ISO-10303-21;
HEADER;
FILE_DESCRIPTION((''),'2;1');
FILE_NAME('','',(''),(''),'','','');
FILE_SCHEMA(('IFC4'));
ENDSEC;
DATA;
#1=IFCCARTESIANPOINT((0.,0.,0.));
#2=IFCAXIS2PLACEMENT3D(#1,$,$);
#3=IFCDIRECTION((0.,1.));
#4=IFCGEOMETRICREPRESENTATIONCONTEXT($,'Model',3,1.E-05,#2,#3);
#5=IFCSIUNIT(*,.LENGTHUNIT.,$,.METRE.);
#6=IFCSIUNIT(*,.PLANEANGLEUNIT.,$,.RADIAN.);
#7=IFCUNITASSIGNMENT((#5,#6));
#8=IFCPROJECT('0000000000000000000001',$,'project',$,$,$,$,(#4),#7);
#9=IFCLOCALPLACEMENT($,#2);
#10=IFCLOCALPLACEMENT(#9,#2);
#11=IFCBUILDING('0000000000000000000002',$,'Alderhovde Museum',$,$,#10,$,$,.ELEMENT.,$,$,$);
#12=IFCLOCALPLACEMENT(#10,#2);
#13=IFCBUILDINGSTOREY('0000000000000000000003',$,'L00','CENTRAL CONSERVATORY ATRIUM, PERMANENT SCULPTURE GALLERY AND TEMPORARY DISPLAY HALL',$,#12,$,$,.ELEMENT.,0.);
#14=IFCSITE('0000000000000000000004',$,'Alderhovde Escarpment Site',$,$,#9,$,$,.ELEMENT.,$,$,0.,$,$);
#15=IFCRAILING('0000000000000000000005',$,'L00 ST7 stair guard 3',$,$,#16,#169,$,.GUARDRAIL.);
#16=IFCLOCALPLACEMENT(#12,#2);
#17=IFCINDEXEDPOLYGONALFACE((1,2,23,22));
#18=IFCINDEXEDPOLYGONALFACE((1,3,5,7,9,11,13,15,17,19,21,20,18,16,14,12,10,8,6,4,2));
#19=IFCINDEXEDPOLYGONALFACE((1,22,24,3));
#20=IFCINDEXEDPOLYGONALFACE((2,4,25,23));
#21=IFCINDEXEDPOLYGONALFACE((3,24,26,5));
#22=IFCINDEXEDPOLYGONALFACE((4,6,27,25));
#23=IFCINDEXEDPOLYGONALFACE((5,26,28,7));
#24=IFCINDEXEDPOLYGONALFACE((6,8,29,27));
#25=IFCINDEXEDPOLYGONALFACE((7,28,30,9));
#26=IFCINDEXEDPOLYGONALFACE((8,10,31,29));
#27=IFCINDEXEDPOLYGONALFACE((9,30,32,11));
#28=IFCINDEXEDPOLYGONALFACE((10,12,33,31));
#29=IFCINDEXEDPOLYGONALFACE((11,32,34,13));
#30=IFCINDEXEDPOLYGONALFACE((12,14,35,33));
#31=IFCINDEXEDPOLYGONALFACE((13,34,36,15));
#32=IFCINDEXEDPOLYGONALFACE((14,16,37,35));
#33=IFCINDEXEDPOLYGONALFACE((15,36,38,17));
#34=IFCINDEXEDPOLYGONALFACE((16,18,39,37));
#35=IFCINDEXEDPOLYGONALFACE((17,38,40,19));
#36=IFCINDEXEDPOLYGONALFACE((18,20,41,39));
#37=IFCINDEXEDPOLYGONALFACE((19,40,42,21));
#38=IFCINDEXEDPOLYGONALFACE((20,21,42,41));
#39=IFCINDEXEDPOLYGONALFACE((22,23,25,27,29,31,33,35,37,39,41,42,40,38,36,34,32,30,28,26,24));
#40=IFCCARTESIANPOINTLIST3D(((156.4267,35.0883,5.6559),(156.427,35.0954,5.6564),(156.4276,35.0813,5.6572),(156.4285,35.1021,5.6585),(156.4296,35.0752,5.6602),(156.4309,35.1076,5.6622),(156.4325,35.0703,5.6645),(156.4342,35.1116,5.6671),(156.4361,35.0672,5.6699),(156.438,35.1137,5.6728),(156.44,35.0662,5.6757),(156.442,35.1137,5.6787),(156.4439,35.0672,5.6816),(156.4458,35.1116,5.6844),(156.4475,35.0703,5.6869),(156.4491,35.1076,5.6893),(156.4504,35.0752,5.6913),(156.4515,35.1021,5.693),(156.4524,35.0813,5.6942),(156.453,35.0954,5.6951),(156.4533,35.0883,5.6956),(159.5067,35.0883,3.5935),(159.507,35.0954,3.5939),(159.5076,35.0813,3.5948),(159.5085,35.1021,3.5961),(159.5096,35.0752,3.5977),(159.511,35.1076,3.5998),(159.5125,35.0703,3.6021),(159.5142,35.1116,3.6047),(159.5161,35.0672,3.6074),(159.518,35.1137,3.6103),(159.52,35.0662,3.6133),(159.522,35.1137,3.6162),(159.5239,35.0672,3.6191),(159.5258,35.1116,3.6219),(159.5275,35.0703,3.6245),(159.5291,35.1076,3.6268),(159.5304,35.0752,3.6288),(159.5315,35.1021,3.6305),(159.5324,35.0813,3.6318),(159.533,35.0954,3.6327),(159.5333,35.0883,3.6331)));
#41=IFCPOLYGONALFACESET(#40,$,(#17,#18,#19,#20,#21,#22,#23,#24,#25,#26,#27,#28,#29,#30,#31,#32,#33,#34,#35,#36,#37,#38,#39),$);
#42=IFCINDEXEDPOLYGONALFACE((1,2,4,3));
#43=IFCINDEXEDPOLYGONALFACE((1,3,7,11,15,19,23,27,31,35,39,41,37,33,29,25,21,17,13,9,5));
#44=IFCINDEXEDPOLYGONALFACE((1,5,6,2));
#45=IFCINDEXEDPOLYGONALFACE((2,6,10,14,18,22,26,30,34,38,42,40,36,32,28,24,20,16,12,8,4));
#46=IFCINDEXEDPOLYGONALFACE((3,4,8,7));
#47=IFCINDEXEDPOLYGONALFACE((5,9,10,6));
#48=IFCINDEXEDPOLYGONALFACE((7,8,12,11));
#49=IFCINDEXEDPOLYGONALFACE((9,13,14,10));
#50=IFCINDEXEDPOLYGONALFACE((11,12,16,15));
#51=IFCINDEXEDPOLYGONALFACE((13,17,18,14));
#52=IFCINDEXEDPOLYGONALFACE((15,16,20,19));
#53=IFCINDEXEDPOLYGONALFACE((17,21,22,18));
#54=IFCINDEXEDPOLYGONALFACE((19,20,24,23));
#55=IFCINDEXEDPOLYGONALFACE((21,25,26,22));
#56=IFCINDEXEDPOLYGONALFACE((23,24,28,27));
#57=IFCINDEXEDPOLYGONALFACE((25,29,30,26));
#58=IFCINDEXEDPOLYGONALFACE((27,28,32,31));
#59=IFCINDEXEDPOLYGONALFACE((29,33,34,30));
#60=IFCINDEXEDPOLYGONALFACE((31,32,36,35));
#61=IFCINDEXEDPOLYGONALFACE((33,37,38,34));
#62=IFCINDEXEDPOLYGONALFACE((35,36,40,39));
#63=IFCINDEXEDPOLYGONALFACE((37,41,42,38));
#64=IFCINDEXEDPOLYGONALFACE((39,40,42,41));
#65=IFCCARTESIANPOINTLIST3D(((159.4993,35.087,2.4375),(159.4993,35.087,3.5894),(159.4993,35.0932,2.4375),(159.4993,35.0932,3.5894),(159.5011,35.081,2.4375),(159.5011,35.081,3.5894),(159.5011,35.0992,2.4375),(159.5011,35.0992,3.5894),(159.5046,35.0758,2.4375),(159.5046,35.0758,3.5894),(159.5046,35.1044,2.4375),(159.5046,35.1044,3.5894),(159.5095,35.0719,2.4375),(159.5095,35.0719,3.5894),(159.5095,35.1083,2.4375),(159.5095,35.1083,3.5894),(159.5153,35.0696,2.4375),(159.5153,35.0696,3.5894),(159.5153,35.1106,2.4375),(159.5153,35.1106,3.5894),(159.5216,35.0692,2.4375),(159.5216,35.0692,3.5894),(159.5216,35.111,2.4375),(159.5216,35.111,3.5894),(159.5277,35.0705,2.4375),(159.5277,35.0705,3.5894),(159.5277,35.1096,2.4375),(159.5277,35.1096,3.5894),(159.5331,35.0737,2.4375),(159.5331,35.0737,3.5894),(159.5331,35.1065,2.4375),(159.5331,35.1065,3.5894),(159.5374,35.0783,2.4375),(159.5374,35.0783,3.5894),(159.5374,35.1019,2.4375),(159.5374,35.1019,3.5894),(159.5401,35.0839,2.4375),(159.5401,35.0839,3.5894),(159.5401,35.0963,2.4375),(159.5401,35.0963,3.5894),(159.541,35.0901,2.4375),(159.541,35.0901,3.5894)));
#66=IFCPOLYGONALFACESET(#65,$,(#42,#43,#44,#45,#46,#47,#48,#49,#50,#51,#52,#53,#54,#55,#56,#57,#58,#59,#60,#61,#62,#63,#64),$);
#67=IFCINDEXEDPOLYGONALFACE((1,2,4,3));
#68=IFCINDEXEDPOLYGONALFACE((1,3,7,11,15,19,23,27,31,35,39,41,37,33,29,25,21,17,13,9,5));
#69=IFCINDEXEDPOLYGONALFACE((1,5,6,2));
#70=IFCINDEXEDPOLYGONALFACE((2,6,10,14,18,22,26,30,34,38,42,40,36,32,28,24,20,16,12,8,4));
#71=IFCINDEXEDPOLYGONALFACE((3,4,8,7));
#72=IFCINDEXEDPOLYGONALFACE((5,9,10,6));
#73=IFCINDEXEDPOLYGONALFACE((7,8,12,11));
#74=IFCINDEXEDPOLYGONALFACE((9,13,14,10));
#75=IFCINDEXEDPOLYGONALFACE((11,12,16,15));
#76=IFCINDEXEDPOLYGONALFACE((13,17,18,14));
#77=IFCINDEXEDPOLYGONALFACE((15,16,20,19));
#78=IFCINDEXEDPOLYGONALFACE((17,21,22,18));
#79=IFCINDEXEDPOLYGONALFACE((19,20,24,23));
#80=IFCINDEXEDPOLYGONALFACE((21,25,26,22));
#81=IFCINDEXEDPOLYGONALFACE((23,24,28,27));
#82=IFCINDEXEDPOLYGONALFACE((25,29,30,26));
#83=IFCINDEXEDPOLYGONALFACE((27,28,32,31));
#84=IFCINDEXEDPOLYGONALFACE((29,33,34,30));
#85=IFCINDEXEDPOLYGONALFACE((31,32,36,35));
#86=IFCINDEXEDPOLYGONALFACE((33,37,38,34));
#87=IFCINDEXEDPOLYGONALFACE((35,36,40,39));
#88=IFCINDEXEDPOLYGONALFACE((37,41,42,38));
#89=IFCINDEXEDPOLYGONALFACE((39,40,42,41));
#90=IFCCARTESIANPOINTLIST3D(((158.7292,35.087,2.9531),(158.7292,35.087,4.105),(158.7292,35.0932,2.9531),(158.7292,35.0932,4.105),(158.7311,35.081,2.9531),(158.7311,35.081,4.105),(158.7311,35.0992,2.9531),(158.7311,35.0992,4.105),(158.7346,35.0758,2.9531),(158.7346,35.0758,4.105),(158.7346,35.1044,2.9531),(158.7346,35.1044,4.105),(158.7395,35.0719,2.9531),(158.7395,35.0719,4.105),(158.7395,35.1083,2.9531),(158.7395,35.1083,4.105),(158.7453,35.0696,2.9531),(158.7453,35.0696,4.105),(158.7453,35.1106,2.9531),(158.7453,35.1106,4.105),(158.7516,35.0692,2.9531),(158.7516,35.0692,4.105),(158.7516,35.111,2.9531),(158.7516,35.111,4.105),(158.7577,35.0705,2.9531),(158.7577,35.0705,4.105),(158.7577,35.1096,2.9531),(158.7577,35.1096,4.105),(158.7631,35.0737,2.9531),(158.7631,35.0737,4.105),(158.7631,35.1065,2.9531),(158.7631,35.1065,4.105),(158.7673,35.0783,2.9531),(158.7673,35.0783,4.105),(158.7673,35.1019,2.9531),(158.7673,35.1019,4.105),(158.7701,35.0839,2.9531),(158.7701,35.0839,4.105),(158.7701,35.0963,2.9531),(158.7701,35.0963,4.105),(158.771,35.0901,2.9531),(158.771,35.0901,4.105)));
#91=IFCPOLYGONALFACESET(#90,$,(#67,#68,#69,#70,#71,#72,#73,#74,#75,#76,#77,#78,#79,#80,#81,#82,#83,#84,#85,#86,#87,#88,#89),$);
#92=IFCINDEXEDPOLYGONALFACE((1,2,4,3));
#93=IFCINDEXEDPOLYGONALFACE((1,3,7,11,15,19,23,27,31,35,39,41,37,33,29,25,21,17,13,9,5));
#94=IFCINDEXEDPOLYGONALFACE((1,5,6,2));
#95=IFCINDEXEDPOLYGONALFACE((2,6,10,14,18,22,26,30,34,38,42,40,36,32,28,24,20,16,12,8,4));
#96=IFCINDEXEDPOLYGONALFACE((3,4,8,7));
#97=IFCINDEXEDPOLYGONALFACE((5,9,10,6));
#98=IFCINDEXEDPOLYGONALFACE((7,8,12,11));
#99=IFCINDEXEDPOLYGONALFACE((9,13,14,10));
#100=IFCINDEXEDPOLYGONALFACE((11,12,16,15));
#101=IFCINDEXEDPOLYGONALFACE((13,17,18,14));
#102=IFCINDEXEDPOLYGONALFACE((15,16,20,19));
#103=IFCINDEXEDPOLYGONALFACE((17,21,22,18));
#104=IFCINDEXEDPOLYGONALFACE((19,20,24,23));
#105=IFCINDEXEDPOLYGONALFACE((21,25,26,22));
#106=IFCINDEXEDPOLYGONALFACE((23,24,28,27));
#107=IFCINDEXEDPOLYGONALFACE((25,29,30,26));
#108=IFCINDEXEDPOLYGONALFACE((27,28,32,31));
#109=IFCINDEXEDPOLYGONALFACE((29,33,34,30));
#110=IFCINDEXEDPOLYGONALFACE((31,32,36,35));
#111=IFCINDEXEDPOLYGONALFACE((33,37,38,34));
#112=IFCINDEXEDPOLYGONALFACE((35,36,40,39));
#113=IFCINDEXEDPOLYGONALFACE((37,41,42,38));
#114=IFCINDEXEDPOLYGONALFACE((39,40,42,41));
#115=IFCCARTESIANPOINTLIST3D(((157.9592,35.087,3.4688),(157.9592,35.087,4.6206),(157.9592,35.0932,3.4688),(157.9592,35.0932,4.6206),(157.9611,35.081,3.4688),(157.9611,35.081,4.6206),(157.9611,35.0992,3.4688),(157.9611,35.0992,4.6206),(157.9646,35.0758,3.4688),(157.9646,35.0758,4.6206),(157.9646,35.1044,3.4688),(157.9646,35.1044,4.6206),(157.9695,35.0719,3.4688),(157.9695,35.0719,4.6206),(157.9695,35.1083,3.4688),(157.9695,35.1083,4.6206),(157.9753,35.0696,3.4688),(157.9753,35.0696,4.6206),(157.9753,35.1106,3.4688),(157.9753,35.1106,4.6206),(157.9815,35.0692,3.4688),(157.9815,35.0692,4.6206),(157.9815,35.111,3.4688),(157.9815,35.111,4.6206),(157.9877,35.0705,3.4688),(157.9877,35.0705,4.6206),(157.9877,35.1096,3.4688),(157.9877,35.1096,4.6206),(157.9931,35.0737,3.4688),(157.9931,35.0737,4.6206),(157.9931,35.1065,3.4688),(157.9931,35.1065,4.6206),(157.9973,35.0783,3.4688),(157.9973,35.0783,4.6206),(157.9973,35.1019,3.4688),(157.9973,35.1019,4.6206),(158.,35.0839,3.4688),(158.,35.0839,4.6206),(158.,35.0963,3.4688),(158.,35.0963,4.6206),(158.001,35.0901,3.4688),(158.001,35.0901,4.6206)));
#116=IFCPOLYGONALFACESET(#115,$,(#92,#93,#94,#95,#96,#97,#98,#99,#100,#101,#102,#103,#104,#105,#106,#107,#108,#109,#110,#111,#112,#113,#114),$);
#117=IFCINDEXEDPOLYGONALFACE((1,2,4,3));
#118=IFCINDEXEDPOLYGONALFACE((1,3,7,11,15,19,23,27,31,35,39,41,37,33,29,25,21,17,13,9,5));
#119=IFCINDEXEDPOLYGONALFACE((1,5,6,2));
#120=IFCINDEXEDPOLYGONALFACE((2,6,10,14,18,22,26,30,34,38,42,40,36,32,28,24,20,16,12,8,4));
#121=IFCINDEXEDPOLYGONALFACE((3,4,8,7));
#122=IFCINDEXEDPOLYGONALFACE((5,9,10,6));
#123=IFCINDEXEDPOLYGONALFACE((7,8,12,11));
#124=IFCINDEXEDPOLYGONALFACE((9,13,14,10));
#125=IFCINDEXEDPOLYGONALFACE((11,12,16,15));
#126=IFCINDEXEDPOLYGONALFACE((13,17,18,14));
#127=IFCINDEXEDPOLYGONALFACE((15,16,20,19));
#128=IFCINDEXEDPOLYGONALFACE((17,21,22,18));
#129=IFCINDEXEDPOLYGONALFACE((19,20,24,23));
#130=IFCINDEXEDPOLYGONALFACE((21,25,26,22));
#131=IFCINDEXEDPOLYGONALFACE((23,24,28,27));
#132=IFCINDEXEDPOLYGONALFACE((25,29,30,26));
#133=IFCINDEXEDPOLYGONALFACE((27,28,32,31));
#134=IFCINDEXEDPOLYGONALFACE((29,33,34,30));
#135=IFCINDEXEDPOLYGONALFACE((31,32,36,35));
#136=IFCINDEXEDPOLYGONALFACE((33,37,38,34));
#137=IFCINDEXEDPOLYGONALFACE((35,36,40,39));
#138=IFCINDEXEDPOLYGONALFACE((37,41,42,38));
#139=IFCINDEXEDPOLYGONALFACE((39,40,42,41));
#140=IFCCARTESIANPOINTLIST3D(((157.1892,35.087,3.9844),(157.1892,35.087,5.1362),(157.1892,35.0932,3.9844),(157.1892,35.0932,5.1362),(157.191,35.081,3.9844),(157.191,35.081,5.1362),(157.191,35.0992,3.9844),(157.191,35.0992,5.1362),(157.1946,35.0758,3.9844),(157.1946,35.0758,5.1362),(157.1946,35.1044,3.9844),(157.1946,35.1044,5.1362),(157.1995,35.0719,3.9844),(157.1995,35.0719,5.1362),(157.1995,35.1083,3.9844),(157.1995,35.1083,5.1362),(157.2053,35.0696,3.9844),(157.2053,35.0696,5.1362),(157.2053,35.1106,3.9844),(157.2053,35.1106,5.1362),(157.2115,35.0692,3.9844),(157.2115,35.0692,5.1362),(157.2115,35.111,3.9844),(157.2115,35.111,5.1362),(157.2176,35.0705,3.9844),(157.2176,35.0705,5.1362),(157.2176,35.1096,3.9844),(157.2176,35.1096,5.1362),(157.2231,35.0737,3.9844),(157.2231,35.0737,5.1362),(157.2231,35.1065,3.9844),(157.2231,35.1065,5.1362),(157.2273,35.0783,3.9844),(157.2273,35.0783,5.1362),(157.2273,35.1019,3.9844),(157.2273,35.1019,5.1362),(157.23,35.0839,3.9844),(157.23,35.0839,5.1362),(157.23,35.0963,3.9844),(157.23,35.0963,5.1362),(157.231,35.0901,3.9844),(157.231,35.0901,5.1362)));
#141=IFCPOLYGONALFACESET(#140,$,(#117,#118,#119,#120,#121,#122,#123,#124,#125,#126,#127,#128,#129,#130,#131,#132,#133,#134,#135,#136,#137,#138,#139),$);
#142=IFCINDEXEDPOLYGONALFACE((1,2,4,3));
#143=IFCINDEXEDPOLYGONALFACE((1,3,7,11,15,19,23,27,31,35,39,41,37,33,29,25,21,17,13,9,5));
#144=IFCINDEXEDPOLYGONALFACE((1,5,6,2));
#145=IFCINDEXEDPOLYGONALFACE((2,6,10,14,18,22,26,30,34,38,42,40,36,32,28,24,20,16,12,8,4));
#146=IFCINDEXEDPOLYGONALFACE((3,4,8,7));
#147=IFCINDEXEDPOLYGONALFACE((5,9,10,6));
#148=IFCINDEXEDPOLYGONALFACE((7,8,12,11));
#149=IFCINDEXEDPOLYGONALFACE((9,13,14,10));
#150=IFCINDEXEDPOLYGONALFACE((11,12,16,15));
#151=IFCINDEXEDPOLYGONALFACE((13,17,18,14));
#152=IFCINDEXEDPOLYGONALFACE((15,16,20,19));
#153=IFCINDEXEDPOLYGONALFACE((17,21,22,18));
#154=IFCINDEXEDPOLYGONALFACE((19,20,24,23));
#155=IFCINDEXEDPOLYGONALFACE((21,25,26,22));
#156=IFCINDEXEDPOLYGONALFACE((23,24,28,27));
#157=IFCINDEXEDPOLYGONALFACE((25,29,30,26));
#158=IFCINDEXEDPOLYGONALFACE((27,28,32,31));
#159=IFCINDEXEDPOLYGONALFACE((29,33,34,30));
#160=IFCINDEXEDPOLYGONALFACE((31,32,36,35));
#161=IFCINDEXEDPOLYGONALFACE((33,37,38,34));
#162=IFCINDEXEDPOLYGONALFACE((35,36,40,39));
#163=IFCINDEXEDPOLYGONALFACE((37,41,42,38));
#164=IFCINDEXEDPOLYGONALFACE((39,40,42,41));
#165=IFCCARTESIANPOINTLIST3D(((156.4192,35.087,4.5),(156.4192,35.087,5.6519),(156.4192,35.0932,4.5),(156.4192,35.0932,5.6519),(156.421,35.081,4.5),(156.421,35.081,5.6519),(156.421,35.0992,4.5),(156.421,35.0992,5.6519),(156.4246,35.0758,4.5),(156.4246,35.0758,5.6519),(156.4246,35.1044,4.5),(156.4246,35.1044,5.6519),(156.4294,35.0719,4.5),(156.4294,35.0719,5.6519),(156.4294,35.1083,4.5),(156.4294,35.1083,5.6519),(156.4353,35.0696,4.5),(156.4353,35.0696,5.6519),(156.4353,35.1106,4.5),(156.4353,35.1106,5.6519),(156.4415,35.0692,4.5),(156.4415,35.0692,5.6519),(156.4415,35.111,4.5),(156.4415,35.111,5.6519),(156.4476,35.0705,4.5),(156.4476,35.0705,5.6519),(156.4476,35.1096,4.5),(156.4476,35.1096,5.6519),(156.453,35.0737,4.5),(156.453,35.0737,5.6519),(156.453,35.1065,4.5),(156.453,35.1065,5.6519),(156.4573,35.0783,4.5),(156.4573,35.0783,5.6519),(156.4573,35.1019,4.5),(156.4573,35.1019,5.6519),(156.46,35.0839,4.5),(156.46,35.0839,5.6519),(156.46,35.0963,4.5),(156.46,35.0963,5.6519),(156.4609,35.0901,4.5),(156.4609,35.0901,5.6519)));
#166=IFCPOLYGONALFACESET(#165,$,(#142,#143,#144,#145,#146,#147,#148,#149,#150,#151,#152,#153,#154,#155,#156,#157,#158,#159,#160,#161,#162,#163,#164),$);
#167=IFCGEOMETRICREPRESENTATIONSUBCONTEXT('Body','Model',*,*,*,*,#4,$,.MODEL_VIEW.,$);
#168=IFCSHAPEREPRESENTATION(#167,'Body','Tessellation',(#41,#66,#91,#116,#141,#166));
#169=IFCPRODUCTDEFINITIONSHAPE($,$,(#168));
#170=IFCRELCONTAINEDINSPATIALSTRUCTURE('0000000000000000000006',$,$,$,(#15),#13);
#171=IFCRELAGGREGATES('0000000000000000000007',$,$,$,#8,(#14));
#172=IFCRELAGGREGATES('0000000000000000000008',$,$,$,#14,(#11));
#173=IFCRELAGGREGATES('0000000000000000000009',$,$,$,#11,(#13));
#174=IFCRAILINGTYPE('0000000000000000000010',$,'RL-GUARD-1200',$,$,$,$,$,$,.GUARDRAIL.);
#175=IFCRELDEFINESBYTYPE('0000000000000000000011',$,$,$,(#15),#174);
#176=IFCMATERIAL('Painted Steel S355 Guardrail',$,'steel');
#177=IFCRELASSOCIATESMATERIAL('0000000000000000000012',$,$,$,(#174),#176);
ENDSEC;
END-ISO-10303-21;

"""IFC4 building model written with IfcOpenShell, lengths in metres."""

from ifc_helpers import new_model, si_unit, direction, frame, origin, origin_2d, place, context, subcontext, project, spatial, circle, extrude, material, type_object, element, save


model = new_model("IFC4")

# Units and contexts
model_context = context("Model", 3, precision=1e-05, world=origin(), true_north=direction((0.0, 1.0)))
body_context = subcontext(model_context, "Body", "Model", "MODEL_VIEW")
ifc_project = project(units=[si_unit("LENGTHUNIT", "METRE"), si_unit("PLANEANGLEUNIT", "RADIAN")], contexts=[model_context])

# Site, building, storey
site_placement = place(None, origin())
site = spatial("IfcSite", under=ifc_project, at=site_placement, Name="Alderhovde Escarpment Site", CompositionType="ELEMENT", RefElevation=0.0)
building_placement = place(site_placement, origin())
building = spatial("IfcBuilding", under=site, at=building_placement, Name="Alderhovde Museum", CompositionType="ELEMENT")
storey_placement = place(building_placement, origin())
storey = spatial("IfcBuildingStorey", under=building, at=storey_placement, Name="L00", Description="CENTRAL CONSERVATORY ATRIUM, PERMANENT SCULPTURE GALLERY AND TEMPORARY DISPLAY HALL", CompositionType="ELEMENT", Elevation=0.0)

# Railing
ifc_material_1 = material(Name="Painted Steel S355 Guardrail", Category="steel")
railing_type_1 = type_object("IfcRailingType", Name="RL-GUARD-1200", PredefinedType="GUARDRAIL", material=ifc_material_1)
railing_1_placement = place(storey_placement, frame((159.52, 35.0901, 2.4375)))
element("IfcRailing", 1, at=railing_1_placement, inside=storey, type_object=railing_type_1, Name="L00 ST7 stair guard 3", PredefinedType="GUARDRAIL", context=body_context, shape_type="SweptSolid", body=[
    extrude(circle(Radius=0.0239, at=origin_2d()), frame((0.0, 0.0, 1.1758), z_axis=(-0.830914, 0.0, 0.556401), x_axis=(0.0, -1.0, 0.0)), (0.0, 0.0, 1.0), 3.7068),
    extrude(circle(Radius=0.021, at=origin_2d()), origin(), (0.0, 0.0, 1.0), 1.1519),
    extrude(circle(Radius=0.021, at=origin_2d()), frame((-0.77, 0.0, 0.5156)), (0.0, 0.0, 1.0), 1.1519),
    extrude(circle(Radius=0.021, at=origin_2d()), frame((-1.54, 0.0, 1.0312)), (0.0, 0.0, 1.0), 1.1519),
    extrude(circle(Radius=0.021, at=origin_2d()), frame((-2.3101, 0.0, 1.5469)), (0.0, 0.0, 1.0), 1.1519),
    extrude(circle(Radius=0.021, at=origin_2d()), frame((-3.0801, 0.0, 2.0625)), (0.0, 0.0, 1.0), 1.1519),
])

save(model, "model.ifc")
